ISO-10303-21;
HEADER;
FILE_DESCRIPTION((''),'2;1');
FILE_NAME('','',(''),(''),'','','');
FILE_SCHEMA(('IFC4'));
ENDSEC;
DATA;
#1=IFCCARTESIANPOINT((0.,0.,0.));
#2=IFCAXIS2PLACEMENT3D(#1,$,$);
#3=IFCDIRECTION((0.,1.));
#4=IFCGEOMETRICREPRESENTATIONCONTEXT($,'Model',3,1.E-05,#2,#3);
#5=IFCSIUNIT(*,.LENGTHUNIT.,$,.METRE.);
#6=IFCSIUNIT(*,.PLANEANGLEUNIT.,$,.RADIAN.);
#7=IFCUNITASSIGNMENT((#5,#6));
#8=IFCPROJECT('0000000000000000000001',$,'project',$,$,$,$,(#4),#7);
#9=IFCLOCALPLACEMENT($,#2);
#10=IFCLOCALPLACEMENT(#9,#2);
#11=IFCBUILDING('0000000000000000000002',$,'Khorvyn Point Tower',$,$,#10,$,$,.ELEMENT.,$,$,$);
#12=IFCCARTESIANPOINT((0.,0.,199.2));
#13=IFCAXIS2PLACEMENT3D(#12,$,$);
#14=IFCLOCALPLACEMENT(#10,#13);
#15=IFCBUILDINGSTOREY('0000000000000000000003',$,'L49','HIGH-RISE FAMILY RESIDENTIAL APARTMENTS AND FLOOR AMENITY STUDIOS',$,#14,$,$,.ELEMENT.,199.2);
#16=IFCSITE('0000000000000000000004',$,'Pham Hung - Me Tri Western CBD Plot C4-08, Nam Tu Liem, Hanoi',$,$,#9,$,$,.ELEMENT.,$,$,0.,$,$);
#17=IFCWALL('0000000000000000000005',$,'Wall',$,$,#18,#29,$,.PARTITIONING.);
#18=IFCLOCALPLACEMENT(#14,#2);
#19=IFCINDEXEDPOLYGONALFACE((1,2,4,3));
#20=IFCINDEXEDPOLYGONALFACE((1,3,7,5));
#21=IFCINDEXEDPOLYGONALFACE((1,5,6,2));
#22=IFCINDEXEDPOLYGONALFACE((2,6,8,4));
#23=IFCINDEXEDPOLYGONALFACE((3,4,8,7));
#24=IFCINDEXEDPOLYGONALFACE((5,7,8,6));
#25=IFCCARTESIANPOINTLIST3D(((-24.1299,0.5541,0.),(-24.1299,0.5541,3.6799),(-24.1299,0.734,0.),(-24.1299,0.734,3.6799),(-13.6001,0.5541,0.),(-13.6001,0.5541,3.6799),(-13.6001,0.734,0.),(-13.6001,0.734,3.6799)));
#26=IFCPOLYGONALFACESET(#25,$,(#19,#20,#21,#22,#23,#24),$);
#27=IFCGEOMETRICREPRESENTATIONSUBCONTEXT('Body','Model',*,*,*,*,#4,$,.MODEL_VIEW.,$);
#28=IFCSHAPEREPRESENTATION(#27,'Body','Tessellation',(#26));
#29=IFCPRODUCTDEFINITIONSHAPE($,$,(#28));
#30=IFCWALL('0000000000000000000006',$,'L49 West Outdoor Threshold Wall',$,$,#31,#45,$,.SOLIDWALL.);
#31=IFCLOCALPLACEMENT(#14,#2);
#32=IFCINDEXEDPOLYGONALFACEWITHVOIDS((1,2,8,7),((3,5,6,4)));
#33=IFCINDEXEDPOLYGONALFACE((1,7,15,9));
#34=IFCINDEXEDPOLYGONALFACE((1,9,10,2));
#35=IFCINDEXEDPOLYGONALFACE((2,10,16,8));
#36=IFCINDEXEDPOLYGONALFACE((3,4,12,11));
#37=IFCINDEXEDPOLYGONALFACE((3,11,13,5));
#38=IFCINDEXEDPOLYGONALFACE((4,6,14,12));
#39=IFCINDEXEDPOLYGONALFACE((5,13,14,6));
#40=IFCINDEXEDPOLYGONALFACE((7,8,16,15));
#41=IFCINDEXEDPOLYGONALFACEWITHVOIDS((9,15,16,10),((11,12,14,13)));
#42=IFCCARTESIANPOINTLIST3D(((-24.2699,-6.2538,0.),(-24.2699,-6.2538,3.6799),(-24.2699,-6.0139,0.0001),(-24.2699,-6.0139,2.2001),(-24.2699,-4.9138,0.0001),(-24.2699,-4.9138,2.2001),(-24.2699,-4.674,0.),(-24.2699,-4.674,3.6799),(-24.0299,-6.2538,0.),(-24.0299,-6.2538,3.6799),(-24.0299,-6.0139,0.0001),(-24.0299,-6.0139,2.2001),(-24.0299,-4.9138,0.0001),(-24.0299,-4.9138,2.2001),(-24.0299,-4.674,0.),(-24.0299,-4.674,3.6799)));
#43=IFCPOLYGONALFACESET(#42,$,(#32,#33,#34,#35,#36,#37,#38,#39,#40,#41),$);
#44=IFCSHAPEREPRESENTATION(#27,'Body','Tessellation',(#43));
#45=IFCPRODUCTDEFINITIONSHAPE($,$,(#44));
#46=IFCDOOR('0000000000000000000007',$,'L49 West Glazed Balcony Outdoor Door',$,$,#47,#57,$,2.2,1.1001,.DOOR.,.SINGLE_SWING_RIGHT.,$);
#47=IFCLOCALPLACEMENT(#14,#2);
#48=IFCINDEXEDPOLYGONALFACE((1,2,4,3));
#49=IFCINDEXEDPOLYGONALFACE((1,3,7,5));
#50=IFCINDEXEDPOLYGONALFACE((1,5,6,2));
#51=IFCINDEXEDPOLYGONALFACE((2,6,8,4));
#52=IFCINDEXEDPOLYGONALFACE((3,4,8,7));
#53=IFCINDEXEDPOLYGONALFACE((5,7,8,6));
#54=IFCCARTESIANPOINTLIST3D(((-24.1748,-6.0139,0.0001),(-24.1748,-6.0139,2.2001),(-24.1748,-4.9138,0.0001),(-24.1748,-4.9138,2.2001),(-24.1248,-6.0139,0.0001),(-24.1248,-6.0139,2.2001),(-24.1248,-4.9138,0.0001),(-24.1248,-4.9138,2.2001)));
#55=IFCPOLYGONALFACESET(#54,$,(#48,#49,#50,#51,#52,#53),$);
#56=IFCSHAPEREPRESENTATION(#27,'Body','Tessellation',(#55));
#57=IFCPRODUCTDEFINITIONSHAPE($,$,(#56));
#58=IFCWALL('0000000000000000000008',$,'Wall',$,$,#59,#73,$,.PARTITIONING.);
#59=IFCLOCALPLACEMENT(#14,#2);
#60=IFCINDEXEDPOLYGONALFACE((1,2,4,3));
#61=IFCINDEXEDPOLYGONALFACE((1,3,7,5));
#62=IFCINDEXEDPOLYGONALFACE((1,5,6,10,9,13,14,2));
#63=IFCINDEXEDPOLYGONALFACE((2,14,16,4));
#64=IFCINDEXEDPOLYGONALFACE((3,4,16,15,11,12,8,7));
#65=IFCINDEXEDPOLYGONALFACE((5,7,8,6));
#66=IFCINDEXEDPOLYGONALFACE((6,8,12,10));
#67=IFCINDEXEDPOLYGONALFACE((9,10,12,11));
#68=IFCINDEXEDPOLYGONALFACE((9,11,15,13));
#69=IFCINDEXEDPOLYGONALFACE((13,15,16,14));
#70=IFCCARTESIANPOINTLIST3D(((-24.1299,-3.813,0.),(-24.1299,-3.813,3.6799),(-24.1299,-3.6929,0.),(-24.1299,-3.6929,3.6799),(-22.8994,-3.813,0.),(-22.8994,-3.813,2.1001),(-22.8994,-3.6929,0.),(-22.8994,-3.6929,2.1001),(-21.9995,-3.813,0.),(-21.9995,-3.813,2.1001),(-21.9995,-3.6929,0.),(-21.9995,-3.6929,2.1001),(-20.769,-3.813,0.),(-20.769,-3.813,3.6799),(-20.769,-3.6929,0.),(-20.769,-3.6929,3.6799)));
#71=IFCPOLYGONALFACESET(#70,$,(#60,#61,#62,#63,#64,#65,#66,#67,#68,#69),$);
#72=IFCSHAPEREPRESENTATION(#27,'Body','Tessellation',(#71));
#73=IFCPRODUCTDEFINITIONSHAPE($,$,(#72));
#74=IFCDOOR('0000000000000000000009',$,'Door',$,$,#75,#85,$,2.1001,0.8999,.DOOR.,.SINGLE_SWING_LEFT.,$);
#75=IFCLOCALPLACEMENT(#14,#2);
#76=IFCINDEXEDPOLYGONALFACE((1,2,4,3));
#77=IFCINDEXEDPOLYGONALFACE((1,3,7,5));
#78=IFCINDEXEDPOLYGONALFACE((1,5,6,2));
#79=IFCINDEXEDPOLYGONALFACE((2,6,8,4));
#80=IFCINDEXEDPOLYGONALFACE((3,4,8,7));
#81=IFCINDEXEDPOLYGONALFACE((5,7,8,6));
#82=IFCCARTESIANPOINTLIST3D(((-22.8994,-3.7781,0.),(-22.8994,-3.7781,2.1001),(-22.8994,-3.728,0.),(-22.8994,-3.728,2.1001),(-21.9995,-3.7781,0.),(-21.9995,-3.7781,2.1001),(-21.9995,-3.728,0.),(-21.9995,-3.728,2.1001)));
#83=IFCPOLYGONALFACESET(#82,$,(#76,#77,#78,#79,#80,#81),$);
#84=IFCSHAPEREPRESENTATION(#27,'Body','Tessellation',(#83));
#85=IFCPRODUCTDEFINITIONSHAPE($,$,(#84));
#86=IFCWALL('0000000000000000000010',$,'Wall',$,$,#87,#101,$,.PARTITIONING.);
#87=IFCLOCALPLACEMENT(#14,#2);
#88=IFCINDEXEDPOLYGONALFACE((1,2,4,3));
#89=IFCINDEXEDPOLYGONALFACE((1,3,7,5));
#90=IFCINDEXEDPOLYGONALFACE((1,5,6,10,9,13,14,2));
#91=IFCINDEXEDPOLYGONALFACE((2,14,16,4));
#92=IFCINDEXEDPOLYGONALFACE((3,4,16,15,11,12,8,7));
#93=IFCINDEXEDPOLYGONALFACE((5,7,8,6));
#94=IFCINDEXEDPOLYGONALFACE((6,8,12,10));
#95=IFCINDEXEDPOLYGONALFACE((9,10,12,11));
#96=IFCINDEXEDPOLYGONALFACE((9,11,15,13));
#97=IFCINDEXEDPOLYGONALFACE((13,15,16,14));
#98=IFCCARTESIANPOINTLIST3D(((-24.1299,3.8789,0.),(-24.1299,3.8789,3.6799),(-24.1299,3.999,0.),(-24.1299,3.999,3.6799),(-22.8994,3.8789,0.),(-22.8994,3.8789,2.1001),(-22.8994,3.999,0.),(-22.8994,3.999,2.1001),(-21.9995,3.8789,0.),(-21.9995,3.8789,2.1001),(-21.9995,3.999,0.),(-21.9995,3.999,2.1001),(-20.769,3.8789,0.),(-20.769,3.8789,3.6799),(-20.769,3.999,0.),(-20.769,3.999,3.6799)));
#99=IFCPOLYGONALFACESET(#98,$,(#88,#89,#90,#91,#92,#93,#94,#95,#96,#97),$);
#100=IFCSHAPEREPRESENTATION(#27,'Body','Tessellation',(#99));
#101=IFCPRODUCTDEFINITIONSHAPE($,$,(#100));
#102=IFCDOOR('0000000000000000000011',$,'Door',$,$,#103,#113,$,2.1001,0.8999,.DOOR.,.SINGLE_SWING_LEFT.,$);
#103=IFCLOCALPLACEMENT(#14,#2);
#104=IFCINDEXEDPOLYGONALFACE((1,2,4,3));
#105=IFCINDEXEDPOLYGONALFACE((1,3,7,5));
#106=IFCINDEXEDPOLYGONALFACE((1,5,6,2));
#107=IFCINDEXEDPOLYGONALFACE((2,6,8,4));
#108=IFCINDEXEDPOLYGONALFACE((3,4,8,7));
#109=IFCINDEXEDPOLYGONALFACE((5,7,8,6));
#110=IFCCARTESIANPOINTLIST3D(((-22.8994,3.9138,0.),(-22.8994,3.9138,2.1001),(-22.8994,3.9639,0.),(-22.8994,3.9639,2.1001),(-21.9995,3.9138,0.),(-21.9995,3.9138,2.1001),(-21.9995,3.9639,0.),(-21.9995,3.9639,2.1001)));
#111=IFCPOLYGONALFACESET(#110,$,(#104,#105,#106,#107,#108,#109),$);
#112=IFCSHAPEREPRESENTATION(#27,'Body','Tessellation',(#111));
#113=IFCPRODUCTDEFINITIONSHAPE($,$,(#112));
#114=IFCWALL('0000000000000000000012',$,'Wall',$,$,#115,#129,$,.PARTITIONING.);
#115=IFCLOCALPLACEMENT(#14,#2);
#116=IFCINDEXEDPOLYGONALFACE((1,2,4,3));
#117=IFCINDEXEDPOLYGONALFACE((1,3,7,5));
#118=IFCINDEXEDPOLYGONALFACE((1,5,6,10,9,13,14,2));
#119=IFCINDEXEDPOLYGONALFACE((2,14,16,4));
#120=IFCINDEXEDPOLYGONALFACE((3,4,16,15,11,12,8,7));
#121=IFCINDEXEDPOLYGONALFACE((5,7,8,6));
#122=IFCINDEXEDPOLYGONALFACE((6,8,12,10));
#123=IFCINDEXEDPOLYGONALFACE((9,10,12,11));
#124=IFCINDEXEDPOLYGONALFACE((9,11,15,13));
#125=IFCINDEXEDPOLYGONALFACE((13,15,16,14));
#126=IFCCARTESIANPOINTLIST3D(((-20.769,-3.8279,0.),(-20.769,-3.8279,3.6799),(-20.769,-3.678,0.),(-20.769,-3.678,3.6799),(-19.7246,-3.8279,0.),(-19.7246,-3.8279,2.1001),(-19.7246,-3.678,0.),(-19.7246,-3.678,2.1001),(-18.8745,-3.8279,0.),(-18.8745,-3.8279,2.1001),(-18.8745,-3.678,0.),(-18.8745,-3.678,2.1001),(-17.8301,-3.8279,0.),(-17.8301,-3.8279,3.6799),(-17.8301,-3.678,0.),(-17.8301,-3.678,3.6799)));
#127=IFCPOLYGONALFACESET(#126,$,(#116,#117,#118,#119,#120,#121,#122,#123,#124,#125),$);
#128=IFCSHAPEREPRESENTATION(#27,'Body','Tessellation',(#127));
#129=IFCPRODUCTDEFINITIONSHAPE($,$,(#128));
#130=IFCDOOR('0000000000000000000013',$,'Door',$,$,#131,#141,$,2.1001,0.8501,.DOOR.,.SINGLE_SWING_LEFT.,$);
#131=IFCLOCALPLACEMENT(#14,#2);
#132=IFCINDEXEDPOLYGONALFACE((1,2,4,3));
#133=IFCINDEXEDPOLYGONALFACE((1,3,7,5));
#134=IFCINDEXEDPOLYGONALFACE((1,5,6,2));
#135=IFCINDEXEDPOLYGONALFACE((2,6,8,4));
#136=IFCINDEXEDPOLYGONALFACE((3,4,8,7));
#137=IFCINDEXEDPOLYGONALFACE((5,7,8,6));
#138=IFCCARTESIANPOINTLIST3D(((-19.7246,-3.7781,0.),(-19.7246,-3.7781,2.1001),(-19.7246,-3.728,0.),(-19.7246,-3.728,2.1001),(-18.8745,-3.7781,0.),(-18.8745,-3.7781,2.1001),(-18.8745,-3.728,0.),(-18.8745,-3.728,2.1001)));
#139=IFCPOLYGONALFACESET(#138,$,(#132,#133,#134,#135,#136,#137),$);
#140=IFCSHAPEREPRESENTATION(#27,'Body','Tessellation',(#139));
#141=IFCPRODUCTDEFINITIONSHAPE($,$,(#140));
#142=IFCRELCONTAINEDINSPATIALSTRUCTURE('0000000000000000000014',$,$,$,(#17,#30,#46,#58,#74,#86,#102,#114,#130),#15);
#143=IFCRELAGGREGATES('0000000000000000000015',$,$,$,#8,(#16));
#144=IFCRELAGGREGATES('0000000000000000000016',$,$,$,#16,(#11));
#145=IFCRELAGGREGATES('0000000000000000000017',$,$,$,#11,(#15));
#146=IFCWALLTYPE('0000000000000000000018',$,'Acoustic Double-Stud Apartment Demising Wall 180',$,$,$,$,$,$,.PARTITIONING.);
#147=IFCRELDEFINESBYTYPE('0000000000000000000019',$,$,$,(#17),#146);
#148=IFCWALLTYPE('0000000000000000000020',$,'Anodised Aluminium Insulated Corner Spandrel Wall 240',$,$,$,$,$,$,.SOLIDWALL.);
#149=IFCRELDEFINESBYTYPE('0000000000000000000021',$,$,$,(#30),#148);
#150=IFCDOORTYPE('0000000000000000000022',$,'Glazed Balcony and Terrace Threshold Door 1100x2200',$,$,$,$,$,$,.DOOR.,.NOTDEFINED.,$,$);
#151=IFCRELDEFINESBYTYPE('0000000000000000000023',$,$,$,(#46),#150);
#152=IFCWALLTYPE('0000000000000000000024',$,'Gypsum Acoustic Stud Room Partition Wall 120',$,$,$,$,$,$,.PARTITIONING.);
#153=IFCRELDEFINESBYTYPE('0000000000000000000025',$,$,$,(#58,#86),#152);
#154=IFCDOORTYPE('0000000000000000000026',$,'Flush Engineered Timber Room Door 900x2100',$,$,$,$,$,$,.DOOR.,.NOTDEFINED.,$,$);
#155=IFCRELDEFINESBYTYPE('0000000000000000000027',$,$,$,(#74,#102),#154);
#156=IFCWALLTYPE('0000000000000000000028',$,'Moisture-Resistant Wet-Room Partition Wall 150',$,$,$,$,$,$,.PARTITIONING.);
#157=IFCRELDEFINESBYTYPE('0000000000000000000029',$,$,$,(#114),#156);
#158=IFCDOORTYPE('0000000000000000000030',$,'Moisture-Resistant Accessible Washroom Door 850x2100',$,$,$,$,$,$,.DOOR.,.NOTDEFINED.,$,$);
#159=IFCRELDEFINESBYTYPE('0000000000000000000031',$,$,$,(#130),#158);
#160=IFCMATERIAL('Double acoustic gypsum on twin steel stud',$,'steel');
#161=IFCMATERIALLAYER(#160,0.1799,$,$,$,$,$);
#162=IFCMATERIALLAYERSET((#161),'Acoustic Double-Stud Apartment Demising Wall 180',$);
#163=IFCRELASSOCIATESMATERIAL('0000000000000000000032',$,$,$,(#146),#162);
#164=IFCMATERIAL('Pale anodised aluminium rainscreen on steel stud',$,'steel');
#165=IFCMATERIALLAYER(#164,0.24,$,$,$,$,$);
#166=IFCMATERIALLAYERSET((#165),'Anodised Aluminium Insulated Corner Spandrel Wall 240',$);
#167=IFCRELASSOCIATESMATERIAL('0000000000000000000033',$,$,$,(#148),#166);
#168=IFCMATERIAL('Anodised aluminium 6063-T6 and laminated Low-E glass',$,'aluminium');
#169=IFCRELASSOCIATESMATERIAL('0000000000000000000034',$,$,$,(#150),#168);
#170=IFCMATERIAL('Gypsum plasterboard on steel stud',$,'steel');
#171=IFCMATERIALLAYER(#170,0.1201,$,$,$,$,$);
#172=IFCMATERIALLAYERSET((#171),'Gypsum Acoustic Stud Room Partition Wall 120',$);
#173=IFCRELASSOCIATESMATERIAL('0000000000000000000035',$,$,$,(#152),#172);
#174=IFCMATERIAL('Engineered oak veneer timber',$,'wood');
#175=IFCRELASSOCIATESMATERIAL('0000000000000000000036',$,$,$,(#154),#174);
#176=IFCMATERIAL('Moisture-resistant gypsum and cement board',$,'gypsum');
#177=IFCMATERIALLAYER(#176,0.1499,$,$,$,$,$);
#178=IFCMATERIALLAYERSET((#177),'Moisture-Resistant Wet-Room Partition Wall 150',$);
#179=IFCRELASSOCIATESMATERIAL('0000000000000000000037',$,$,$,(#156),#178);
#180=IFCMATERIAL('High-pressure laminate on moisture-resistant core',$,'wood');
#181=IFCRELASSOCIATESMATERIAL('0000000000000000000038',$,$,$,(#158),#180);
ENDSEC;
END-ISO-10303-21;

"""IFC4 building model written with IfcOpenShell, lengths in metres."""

from ifc_helpers import new_model, si_unit, direction, frame, frame_2d, origin, place, context, subcontext, project, spatial, rectangle, extrude, material, layer, layer_set, type_object, element, fill, save


model = new_model("IFC4")

# Units and contexts
model_context = context("Model", 3, precision=1e-05, world=origin(), true_north=direction((0.0, 1.0)))
body_context = subcontext(model_context, "Body", "Model", "MODEL_VIEW")
ifc_project = project(units=[si_unit("LENGTHUNIT", "METRE"), si_unit("PLANEANGLEUNIT", "RADIAN")], contexts=[model_context])

# Site, building, storey
site_placement = place(None, origin())
site = spatial("IfcSite", under=ifc_project, at=site_placement, Name="Pham Hung - Me Tri Western CBD Plot C4-08, Nam Tu Liem, Hanoi", CompositionType="ELEMENT", RefElevation=0.0)
building_placement = place(site_placement, origin())
building = spatial("IfcBuilding", under=site, at=building_placement, Name="Khorvyn Point Tower", CompositionType="ELEMENT")
storey_placement = place(building_placement, frame((0.0, 0.0, 199.2)))
storey = spatial("IfcBuildingStorey", under=building, at=storey_placement, Name="L49", Description="HIGH-RISE FAMILY RESIDENTIAL APARTMENTS AND FLOOR AMENITY STUDIOS", CompositionType="ELEMENT", Elevation=199.2)

# Shared definitions
ifc_material_1 = material(Name="Anodised aluminium 6063-T6 and laminated Low-E glass", Category="aluminium")

# Wall
ifc_material_2 = material(Name="Double acoustic gypsum on twin steel stud", Category="steel")
ifc_layer_1 = layer(ifc_material_2, 0.1799)
ifc_layer_set_1 = layer_set([ifc_layer_1], Name="Acoustic Double-Stud Apartment Demising Wall 180")
wall_type_1 = type_object("IfcWallType", Name="Acoustic Double-Stud Apartment Demising Wall 180", PredefinedType="PARTITIONING", material=ifc_layer_set_1)
wall_1_placement = place(storey_placement, frame((-24.1299, 0.644, 0.0), z_axis=(0.0, 0.0, 1.0), x_axis=(1.0, 0.0, 0.0)))
element("IfcWall", 1, at=wall_1_placement, inside=storey, type_object=wall_type_1, Name="Wall", PredefinedType="PARTITIONING", context=body_context, shape_type="SweptSolid", body=[
    extrude(rectangle(XDim=10.5298, YDim=0.1799, at=frame_2d((5.2649, 0.0))), origin(), (0.0, 0.0, 1.0), 3.6799),
])

# Walls, openings, doors
ifc_material_3 = material(Name="Pale anodised aluminium rainscreen on steel stud", Category="steel")
ifc_layer_2 = layer(ifc_material_3, 0.24)
ifc_layer_set_2 = layer_set([ifc_layer_2], Name="Anodised Aluminium Insulated Corner Spandrel Wall 240")
wall_type_2 = type_object("IfcWallType", Name="Anodised Aluminium Insulated Corner Spandrel Wall 240", PredefinedType="SOLIDWALL", material=ifc_layer_set_2)
wall_2_placement = place(storey_placement, frame((-24.1499, -6.2539, 0.0), z_axis=(0.0, 0.0, 1.0), x_axis=(0.0, 1.0, 0.0)))
wall_2 = element("IfcWall", 2, at=wall_2_placement, inside=storey, type_object=wall_type_2, Name="L49 West Outdoor Threshold Wall", PredefinedType="SOLIDWALL", context=body_context, shape_type="SweptSolid", body=[
    extrude(rectangle(XDim=1.5798, YDim=0.24, at=frame_2d((0.79, 0.0))), origin(), (0.0, 0.0, 1.0), 3.6799),
])
opening_1_placement = place(wall_2_placement, frame((0.24, 0.0, 0.0)))
opening_1 = element("IfcOpeningElement", 3, at=opening_1_placement, cuts=wall_2, PredefinedType="OPENING", context=body_context, shape_type="SweptSolid", body=[
    extrude(rectangle(XDim=1.1001, YDim=2.2, at=frame_2d((0.55, 1.1001))), frame((0.0, 0.1299, 0.0), z_axis=(0.0, -1.0, 0.0), x_axis=(1.0, 0.0, 0.0)), (0.0, 0.0, 1.0), 0.26),
])
door_type_1 = type_object("IfcDoorType", Name="Glazed Balcony and Terrace Threshold Door 1100x2200", OperationType="NOTDEFINED", PredefinedType="DOOR", material=ifc_material_1)
door_1_placement = place(opening_1_placement, origin())
door_1 = element("IfcDoor", 4, at=door_1_placement, inside=storey, type_object=door_type_1, Name="L49 West Glazed Balcony Outdoor Door", OperationType="SINGLE_SWING_RIGHT", OverallHeight=2.2, OverallWidth=1.1001, PredefinedType="DOOR", context=body_context, shape_type="SweptSolid", body=[
    extrude(rectangle(XDim=1.1001, YDim=2.2, at=frame_2d((0.55, 1.1001))), frame((0.0, 0.0249, 0.0), z_axis=(0.0, -1.0, 0.0), x_axis=(1.0, 0.0, 0.0)), (0.0, 0.0, 1.0), 0.05),
])
fill(opening_1, door_1)
ifc_material_4 = material(Name="Gypsum plasterboard on steel stud", Category="steel")
ifc_layer_3 = layer(ifc_material_4, 0.1201)
ifc_layer_set_3 = layer_set([ifc_layer_3], Name="Gypsum Acoustic Stud Room Partition Wall 120")
wall_type_3 = type_object("IfcWallType", Name="Gypsum Acoustic Stud Room Partition Wall 120", PredefinedType="PARTITIONING", material=ifc_layer_set_3)
wall_3_placement = place(storey_placement, frame((-24.1299, -3.7529, 0.0), z_axis=(0.0, 0.0, 1.0), x_axis=(1.0, 0.0, 0.0)))
wall_3 = element("IfcWall", 5, at=wall_3_placement, inside=storey, type_object=wall_type_3, Name="Wall", PredefinedType="PARTITIONING", context=body_context, shape_type="SweptSolid", body=[
    extrude(rectangle(XDim=3.3608, YDim=0.1201, at=frame_2d((1.6804, 0.0))), origin(), (0.0, 0.0, 1.0), 3.6799),
])
opening_2_placement = place(wall_3_placement, frame((1.2305, 0.0, 0.0)))
opening_2 = element("IfcOpeningElement", 6, at=opening_2_placement, cuts=wall_3, PredefinedType="OPENING", context=body_context, shape_type="SweptSolid", body=[
    extrude(rectangle(XDim=0.8999, YDim=2.1001, at=frame_2d((0.45, 1.05))), frame((0.0, 0.0701, 0.0), z_axis=(0.0, -1.0, 0.0), x_axis=(1.0, 0.0, 0.0)), (0.0, 0.0, 1.0), 0.1401),
])
ifc_material_5 = material(Name="Engineered oak veneer timber", Category="wood")
door_type_2 = type_object("IfcDoorType", Name="Flush Engineered Timber Room Door 900x2100", OperationType="NOTDEFINED", PredefinedType="DOOR", material=ifc_material_5)
door_2_placement = place(opening_2_placement, origin())
door_2 = element("IfcDoor", 7, at=door_2_placement, inside=storey, type_object=door_type_2, Name="Door", OperationType="SINGLE_SWING_LEFT", OverallHeight=2.1001, OverallWidth=0.8999, PredefinedType="DOOR", context=body_context, shape_type="SweptSolid", body=[
    extrude(rectangle(XDim=0.8999, YDim=2.1001, at=frame_2d((0.45, 1.05))), frame((0.0, 0.0249, 0.0), z_axis=(0.0, -1.0, 0.0), x_axis=(1.0, 0.0, 0.0)), (0.0, 0.0, 1.0), 0.05),
])
fill(opening_2, door_2)
wall_4_placement = place(storey_placement, frame((-24.1299, 3.939, 0.0), z_axis=(0.0, 0.0, 1.0), x_axis=(1.0, 0.0, 0.0)))
wall_4 = element("IfcWall", 8, at=wall_4_placement, inside=storey, type_object=wall_type_3, Name="Wall", PredefinedType="PARTITIONING", context=body_context, shape_type="SweptSolid", body=[
    extrude(rectangle(XDim=3.3608, YDim=0.1201, at=frame_2d((1.6804, 0.0))), origin(), (0.0, 0.0, 1.0), 3.6799),
])
opening_3_placement = place(wall_4_placement, frame((1.2305, 0.0, 0.0)))
opening_3 = element("IfcOpeningElement", 9, at=opening_3_placement, cuts=wall_4, PredefinedType="OPENING", context=body_context, shape_type="SweptSolid", body=[
    extrude(rectangle(XDim=0.8999, YDim=2.1001, at=frame_2d((0.45, 1.05))), frame((0.0, 0.0701, 0.0), z_axis=(0.0, -1.0, 0.0), x_axis=(1.0, 0.0, 0.0)), (0.0, 0.0, 1.0), 0.1401),
])
door_3_placement = place(opening_3_placement, origin())
door_3 = element("IfcDoor", 10, at=door_3_placement, inside=storey, type_object=door_type_2, Name="Door", OperationType="SINGLE_SWING_LEFT", OverallHeight=2.1001, OverallWidth=0.8999, PredefinedType="DOOR", context=body_context, shape_type="SweptSolid", body=[
    extrude(rectangle(XDim=0.8999, YDim=2.1001, at=frame_2d((0.45, 1.05))), frame((0.0, 0.0249, 0.0), z_axis=(0.0, -1.0, 0.0), x_axis=(1.0, 0.0, 0.0)), (0.0, 0.0, 1.0), 0.05),
])
fill(opening_3, door_3)
ifc_material_6 = material(Name="Moisture-resistant gypsum and cement board", Category="gypsum")
ifc_layer_4 = layer(ifc_material_6, 0.1499)
ifc_layer_set_4 = layer_set([ifc_layer_4], Name="Moisture-Resistant Wet-Room Partition Wall 150")
wall_type_4 = type_object("IfcWallType", Name="Moisture-Resistant Wet-Room Partition Wall 150", PredefinedType="PARTITIONING", material=ifc_layer_set_4)
wall_5_placement = place(storey_placement, frame((-20.769, -3.7529, 0.0), z_axis=(0.0, 0.0, 1.0), x_axis=(1.0, 0.0, 0.0)))
wall_5 = element("IfcWall", 11, at=wall_5_placement, inside=storey, type_object=wall_type_4, Name="Wall", PredefinedType="PARTITIONING", context=body_context, shape_type="SweptSolid", body=[
    extrude(rectangle(XDim=2.939, YDim=0.1499, at=frame_2d((1.4695, 0.0))), origin(), (0.0, 0.0, 1.0), 3.6799),
])
opening_4_placement = place(wall_5_placement, frame((1.0444, 0.0, 0.0)))
opening_4 = element("IfcOpeningElement", 12, at=opening_4_placement, cuts=wall_5, PredefinedType="OPENING", context=body_context, shape_type="SweptSolid", body=[
    extrude(rectangle(XDim=0.8501, YDim=2.1001, at=frame_2d((0.425, 1.05))), frame((0.0, 0.085, 0.0), z_axis=(0.0, -1.0, 0.0), x_axis=(1.0, 0.0, 0.0)), (0.0, 0.0, 1.0), 0.1699),
])
ifc_material_7 = material(Name="High-pressure laminate on moisture-resistant core", Category="wood")
door_type_3 = type_object("IfcDoorType", Name="Moisture-Resistant Accessible Washroom Door 850x2100", OperationType="NOTDEFINED", PredefinedType="DOOR", material=ifc_material_7)
door_4_placement = place(opening_4_placement, origin())
door_4 = element("IfcDoor", 13, at=door_4_placement, inside=storey, type_object=door_type_3, Name="Door", OperationType="SINGLE_SWING_LEFT", OverallHeight=2.1001, OverallWidth=0.8501, PredefinedType="DOOR", context=body_context, shape_type="SweptSolid", body=[
    extrude(rectangle(XDim=0.8501, YDim=2.1001, at=frame_2d((0.425, 1.05))), frame((0.0, 0.0249, 0.0), z_axis=(0.0, -1.0, 0.0), x_axis=(1.0, 0.0, 0.0)), (0.0, 0.0, 1.0), 0.05),
])
fill(opening_4, door_4)

save(model, "model.ifc")
